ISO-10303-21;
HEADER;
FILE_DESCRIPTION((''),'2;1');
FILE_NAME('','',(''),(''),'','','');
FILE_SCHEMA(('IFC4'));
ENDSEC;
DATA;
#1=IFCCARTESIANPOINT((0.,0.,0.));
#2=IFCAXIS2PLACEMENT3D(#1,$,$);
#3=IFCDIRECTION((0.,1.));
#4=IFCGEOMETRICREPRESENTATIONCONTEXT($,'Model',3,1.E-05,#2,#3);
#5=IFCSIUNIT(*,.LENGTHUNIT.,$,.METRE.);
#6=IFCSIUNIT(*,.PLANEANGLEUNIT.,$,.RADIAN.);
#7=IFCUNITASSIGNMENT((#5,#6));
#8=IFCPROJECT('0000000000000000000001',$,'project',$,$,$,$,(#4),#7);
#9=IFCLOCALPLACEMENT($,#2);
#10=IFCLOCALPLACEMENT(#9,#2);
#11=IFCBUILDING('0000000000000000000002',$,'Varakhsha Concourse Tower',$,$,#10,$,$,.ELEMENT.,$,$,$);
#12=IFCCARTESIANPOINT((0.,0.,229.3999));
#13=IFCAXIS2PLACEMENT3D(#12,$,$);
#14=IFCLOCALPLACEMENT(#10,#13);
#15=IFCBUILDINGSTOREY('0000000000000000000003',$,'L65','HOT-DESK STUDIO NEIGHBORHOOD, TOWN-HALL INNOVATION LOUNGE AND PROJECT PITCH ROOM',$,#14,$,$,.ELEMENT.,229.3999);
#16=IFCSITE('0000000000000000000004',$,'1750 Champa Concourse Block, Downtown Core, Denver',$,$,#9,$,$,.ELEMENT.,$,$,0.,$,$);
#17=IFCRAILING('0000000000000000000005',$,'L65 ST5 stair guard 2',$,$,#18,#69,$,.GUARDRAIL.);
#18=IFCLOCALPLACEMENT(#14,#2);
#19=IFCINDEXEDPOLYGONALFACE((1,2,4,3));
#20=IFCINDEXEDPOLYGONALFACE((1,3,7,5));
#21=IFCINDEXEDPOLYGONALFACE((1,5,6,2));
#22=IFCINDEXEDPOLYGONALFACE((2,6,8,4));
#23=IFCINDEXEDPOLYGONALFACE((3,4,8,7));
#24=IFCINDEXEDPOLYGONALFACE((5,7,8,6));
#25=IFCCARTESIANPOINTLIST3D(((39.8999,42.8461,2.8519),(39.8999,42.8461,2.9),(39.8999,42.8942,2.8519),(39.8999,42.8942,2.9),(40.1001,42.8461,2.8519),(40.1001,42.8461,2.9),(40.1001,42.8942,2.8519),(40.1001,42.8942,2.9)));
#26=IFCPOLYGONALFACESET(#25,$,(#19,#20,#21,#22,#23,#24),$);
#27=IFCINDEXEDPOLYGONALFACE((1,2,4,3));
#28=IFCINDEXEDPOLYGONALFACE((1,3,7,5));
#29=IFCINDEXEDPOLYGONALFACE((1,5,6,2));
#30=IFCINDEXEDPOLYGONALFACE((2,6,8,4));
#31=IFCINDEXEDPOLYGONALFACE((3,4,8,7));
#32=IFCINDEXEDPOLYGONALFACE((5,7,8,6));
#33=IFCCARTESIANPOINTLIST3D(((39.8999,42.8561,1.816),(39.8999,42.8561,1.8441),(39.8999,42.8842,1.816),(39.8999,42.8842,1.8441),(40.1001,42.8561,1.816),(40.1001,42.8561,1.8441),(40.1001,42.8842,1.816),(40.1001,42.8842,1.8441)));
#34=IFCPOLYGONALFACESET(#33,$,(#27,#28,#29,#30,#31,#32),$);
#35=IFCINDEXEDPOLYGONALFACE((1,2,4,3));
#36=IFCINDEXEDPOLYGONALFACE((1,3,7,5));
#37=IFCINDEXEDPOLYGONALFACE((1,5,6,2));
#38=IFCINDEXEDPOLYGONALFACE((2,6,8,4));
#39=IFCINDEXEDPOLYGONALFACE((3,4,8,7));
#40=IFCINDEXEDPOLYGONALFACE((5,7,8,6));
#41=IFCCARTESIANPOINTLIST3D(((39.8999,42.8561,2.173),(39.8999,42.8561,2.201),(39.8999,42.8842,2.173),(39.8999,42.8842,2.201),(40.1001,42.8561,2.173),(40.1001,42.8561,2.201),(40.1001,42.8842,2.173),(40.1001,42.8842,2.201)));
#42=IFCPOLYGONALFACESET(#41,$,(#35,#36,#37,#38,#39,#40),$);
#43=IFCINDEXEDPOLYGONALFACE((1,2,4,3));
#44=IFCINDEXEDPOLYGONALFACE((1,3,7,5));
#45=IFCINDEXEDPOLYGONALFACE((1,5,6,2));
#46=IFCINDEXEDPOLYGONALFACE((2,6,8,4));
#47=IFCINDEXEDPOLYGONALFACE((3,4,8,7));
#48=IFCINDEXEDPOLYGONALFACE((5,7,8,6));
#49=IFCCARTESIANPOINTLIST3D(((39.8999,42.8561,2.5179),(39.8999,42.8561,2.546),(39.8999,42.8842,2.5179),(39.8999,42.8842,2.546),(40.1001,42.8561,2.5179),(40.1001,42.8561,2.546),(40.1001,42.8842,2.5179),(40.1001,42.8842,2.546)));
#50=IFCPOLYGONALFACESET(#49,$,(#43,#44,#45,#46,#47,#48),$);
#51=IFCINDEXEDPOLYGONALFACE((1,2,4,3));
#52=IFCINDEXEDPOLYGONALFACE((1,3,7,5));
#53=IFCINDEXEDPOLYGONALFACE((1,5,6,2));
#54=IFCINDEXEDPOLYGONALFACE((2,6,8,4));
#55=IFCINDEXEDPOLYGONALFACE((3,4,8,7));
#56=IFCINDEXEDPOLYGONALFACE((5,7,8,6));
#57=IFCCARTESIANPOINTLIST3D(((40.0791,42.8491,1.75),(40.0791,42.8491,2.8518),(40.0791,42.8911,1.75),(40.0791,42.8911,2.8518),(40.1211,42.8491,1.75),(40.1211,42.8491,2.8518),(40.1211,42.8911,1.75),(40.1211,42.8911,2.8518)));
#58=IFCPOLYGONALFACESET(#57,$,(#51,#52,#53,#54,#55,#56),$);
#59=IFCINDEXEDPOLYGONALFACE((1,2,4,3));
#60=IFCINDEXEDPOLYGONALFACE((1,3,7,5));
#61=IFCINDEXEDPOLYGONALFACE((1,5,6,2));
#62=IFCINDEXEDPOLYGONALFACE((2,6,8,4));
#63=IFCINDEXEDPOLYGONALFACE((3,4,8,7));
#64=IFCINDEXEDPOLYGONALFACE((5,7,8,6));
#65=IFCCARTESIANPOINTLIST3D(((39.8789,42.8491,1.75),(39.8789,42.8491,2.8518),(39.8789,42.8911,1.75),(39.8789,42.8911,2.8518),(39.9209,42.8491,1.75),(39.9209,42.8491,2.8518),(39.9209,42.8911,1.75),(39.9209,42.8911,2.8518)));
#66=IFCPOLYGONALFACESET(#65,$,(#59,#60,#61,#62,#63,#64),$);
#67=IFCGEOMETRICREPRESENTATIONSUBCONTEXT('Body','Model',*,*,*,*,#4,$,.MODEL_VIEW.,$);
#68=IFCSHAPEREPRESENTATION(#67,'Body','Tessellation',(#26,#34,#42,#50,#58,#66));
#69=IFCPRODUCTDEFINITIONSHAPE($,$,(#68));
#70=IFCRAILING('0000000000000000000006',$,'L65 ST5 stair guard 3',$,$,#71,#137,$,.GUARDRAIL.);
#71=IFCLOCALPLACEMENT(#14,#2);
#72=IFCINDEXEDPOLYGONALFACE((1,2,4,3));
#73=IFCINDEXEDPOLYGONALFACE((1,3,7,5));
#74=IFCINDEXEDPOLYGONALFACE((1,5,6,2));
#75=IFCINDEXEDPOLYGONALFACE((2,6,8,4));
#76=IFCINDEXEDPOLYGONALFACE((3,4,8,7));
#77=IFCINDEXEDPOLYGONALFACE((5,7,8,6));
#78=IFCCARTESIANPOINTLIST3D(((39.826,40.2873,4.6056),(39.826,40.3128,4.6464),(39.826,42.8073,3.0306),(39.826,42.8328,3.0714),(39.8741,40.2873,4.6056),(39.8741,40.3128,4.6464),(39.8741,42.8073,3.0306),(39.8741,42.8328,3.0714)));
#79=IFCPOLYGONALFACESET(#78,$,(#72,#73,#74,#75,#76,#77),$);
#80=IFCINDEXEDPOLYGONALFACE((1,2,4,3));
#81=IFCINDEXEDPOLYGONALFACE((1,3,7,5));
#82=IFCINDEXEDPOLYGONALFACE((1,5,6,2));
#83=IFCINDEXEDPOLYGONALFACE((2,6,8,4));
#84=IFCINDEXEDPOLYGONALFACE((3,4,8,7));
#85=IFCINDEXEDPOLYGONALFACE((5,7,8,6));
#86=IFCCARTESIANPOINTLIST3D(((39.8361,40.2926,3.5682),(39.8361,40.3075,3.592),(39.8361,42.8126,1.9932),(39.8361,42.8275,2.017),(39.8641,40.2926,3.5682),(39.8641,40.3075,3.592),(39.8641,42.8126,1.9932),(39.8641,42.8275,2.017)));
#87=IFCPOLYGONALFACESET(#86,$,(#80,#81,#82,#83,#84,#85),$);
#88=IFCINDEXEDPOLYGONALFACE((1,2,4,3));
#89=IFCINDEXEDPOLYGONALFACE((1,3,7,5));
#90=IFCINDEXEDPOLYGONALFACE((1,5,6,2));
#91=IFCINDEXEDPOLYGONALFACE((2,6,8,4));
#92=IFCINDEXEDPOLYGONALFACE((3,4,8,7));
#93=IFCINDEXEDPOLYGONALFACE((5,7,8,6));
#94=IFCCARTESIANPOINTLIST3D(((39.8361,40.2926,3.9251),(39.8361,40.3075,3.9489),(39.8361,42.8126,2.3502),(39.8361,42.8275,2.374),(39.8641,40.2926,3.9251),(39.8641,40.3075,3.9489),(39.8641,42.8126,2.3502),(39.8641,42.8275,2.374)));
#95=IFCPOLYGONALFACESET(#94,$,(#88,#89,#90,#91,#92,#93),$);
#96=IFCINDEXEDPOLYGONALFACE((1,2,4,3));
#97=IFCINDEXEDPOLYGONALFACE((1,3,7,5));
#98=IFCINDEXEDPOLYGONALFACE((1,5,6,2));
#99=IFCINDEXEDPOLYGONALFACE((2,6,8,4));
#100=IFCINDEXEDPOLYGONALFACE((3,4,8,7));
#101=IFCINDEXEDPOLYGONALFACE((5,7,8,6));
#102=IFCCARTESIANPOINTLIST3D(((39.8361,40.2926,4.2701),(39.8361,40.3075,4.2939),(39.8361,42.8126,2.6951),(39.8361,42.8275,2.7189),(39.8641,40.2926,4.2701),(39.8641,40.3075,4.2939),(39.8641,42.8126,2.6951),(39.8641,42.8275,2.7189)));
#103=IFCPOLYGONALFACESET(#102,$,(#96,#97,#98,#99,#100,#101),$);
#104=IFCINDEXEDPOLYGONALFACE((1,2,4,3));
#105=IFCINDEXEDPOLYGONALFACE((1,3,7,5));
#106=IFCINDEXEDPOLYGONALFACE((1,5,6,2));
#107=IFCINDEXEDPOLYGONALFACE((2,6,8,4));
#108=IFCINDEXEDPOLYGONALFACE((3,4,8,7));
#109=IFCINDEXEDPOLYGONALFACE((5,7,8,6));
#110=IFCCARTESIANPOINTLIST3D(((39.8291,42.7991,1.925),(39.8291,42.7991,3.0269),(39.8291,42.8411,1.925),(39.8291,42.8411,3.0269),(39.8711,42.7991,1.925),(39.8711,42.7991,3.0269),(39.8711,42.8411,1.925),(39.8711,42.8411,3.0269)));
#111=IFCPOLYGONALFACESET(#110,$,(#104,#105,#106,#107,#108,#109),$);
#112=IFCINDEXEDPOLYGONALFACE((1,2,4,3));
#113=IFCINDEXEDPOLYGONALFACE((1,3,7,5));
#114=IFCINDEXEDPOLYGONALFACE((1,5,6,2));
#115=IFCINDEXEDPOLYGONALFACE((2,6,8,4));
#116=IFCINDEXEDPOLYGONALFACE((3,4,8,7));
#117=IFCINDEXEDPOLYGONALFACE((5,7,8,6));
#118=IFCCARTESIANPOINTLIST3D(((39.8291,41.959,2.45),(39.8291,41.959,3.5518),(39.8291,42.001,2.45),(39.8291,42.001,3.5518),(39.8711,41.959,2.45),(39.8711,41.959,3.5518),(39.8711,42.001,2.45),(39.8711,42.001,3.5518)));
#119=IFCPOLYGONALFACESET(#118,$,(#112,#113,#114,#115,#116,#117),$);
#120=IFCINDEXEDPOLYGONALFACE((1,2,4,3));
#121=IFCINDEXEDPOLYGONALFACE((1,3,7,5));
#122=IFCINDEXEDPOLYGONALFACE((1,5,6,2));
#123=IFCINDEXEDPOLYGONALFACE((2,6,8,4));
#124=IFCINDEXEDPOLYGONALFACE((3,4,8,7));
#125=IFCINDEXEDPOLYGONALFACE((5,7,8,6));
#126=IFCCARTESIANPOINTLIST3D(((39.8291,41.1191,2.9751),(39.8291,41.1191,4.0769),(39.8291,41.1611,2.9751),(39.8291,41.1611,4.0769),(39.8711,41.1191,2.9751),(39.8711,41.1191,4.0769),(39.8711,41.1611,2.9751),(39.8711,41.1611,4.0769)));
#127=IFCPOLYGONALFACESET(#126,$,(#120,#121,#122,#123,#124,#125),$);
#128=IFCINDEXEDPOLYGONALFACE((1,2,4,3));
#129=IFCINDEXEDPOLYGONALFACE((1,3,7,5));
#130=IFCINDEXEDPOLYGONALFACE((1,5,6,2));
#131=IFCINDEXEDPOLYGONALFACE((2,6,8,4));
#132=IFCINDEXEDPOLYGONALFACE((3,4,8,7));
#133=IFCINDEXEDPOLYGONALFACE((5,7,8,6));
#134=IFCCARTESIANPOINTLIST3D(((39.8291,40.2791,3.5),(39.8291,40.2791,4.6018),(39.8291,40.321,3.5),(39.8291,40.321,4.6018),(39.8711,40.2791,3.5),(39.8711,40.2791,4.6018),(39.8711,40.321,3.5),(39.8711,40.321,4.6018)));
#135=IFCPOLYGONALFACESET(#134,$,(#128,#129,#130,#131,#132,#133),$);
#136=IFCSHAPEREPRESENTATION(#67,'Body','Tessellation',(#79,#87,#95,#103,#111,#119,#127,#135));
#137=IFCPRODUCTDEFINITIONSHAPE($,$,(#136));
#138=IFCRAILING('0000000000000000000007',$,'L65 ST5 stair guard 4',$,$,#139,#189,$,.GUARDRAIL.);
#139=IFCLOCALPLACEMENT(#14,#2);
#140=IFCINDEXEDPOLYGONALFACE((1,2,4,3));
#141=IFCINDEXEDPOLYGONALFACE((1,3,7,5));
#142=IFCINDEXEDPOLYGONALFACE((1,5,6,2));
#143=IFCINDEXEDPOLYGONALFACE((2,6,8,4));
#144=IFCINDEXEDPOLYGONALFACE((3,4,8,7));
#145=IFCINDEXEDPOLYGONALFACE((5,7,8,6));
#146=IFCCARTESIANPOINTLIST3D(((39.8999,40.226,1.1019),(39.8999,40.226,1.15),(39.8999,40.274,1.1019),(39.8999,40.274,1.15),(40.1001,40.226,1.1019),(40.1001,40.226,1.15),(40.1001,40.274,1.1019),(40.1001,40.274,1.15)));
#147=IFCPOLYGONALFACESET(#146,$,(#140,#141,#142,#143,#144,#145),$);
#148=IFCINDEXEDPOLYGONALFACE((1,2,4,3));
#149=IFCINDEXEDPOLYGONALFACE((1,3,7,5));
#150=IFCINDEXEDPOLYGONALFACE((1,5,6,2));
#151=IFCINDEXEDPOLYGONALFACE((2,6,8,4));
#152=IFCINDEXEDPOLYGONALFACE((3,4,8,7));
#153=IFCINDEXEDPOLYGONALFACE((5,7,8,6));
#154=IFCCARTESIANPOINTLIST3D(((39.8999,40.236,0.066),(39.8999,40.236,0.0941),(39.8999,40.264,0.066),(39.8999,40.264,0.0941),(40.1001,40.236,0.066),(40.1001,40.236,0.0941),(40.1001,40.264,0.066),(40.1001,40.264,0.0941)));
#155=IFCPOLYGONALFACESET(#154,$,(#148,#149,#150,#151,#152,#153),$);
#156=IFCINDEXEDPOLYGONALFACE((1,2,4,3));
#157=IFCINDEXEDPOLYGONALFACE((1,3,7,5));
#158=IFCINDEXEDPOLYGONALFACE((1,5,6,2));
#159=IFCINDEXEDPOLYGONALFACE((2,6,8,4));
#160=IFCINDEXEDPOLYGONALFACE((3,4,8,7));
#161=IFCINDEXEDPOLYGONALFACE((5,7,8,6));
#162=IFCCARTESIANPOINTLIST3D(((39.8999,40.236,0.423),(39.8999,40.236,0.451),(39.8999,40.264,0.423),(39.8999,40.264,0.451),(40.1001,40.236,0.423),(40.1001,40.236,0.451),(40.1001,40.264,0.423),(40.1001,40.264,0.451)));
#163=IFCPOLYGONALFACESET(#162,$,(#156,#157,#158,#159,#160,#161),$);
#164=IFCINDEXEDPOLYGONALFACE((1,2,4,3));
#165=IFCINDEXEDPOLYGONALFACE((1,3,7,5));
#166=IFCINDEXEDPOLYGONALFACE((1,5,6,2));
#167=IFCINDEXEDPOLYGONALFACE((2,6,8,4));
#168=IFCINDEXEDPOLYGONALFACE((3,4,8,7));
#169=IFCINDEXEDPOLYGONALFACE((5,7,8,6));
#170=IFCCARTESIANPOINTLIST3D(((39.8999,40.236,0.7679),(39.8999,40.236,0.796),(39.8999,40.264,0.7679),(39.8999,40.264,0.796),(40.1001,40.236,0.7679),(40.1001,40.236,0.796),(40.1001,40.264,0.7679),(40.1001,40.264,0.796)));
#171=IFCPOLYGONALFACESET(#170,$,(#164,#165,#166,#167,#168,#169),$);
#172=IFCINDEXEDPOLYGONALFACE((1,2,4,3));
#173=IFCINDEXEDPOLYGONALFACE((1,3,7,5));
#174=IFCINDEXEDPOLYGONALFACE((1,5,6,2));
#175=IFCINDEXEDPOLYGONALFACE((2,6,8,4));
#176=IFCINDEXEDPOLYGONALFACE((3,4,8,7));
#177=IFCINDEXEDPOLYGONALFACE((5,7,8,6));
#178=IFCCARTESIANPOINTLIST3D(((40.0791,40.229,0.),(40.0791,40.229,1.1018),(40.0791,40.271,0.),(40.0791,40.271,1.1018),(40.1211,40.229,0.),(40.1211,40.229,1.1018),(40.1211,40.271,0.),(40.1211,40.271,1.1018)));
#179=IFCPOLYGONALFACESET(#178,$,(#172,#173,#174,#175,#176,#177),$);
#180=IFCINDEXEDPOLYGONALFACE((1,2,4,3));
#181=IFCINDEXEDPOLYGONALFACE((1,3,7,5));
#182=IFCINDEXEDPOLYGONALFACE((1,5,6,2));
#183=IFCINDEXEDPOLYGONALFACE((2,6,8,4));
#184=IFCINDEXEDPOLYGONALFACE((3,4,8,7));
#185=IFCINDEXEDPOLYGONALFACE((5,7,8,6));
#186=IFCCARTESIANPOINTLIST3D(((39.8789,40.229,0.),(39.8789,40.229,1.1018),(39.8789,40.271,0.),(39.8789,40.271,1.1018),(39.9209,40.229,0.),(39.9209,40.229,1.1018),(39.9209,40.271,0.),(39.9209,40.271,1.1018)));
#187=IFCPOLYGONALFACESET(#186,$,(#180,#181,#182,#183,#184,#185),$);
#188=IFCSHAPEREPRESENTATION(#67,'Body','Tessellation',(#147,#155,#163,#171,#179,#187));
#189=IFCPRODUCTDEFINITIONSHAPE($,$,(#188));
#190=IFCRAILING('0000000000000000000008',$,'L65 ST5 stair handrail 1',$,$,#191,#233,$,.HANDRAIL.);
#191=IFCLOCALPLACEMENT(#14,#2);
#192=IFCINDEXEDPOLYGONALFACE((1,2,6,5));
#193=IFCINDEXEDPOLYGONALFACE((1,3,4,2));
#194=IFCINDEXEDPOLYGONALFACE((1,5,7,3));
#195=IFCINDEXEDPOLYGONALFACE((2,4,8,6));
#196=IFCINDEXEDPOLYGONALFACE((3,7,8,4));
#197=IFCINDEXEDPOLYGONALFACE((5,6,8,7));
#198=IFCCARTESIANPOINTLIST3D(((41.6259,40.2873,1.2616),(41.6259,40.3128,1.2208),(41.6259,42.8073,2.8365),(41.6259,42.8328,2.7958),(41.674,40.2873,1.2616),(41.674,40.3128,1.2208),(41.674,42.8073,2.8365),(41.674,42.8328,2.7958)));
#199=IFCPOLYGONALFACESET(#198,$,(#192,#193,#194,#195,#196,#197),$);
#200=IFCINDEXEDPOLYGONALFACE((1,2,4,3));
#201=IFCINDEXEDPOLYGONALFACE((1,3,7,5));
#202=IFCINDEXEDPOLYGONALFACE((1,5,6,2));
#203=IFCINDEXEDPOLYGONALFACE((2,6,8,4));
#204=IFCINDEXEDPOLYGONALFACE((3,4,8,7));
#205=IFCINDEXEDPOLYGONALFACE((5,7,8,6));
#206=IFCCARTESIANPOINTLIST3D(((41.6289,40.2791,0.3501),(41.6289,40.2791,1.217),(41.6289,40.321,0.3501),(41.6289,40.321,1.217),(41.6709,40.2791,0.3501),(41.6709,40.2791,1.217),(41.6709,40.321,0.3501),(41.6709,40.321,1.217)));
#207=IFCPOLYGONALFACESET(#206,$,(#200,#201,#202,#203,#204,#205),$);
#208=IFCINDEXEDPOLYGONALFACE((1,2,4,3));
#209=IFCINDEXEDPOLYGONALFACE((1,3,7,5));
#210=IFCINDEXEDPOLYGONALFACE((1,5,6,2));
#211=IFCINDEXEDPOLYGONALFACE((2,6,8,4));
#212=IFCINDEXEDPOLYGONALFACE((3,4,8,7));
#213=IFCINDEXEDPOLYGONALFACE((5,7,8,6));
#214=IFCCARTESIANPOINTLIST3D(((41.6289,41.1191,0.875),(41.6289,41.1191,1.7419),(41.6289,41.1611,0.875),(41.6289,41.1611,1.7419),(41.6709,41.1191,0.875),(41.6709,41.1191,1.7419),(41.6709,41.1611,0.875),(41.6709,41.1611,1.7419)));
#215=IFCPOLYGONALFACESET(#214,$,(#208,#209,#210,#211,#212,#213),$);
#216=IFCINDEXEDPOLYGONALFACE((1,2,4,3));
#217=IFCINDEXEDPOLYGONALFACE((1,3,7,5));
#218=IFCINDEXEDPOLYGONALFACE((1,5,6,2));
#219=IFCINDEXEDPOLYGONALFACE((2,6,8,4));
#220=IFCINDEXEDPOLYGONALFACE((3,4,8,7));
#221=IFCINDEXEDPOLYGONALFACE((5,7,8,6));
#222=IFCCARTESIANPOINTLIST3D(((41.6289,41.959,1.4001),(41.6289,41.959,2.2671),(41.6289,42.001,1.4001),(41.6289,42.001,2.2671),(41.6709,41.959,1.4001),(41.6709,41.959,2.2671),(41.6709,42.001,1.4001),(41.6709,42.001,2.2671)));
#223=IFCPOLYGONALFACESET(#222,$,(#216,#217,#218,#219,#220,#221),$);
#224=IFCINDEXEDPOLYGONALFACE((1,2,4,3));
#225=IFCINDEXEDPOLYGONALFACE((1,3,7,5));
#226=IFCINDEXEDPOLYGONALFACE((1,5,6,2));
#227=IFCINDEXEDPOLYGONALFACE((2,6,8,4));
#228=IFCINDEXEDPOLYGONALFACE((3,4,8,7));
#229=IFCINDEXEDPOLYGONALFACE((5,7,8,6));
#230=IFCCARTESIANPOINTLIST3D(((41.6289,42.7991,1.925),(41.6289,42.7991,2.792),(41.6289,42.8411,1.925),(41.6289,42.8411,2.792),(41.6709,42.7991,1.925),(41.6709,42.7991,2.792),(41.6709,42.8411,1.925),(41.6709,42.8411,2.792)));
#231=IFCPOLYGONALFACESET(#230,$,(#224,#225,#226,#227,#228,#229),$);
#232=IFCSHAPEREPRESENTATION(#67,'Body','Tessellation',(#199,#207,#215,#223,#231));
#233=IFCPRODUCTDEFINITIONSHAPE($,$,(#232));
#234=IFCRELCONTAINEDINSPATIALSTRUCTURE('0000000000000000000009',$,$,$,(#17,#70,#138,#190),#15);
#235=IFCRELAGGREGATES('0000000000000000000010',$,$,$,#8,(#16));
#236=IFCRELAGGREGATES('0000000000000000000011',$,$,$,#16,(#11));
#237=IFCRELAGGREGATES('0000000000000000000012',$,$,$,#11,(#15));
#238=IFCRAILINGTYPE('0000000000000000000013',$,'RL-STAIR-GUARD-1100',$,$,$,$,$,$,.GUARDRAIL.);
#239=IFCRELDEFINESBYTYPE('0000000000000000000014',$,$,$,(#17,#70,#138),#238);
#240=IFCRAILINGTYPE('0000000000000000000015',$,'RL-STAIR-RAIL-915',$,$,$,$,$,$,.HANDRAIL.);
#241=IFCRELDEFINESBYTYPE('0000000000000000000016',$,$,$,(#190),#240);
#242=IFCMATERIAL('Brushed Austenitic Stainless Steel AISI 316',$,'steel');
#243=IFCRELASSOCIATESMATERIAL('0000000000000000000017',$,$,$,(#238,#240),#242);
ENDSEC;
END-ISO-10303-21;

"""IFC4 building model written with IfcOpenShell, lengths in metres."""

from ifc_helpers import new_model, si_unit, direction, frame, origin, origin_2d, place, context, subcontext, project, spatial, rectangle, extrude, material, type_object, element, save


model = new_model("IFC4")

# Units and contexts
model_context = context("Model", 3, precision=1e-05, world=origin(), true_north=direction((0.0, 1.0)))
body_context = subcontext(model_context, "Body", "Model", "MODEL_VIEW")
ifc_project = project(units=[si_unit("LENGTHUNIT", "METRE"), si_unit("PLANEANGLEUNIT", "RADIAN")], contexts=[model_context])

# Site, building, storey
site_placement = place(None, origin())
site = spatial("IfcSite", under=ifc_project, at=site_placement, Name="1750 Champa Concourse Block, Downtown Core, Denver", CompositionType="ELEMENT", RefElevation=0.0)
building_placement = place(site_placement, origin())
building = spatial("IfcBuilding", under=site, at=building_placement, Name="Varakhsha Concourse Tower", CompositionType="ELEMENT")
storey_placement = place(building_placement, frame((0.0, 0.0, 229.3999)))
storey = spatial("IfcBuildingStorey", under=building, at=storey_placement, Name="L65", Description="HOT-DESK STUDIO NEIGHBORHOOD, TOWN-HALL INNOVATION LOUNGE AND PROJECT PITCH ROOM", CompositionType="ELEMENT", Elevation=229.3999)

# Railings
ifc_material_1 = material(Name="Brushed Austenitic Stainless Steel AISI 316", Category="steel")
railing_type_1 = type_object("IfcRailingType", Name="RL-STAIR-GUARD-1100", PredefinedType="GUARDRAIL", material=ifc_material_1)
railing_1_placement = place(storey_placement, frame((40.1001, 42.8701, 1.75)))
element("IfcRailing", 1, at=railing_1_placement, inside=storey, type_object=railing_type_1, Name="L65 ST5 stair guard 2", PredefinedType="GUARDRAIL", context=body_context, shape_type="SweptSolid", body=[
    extrude(rectangle(XDim=0.0481, YDim=0.0481, at=origin_2d()), frame((0.0, 0.0, 1.126), z_axis=(-1.0, 0.0, 0.0), x_axis=(0.0, -1.0, 0.0)), (0.0, 0.0, 1.0), 0.2002),
    extrude(rectangle(XDim=0.0281, YDim=0.0281, at=origin_2d()), frame((0.0, 0.0, 0.0801), z_axis=(-1.0, 0.0, 0.0), x_axis=(0.0, -1.0, 0.0)), (0.0, 0.0, 1.0), 0.2002),
    extrude(rectangle(XDim=0.0281, YDim=0.0281, at=origin_2d()), frame((0.0, 0.0, 0.437), z_axis=(-1.0, 0.0, 0.0), x_axis=(0.0, -1.0, 0.0)), (0.0, 0.0, 1.0), 0.2002),
    extrude(rectangle(XDim=0.0281, YDim=0.0281, at=origin_2d()), frame((0.0, 0.0, 0.782), z_axis=(-1.0, 0.0, 0.0), x_axis=(0.0, -1.0, 0.0)), (0.0, 0.0, 1.0), 0.2002),
    extrude(rectangle(XDim=0.042, YDim=0.042, at=origin_2d()), origin(), (0.0, 0.0, 1.0), 1.1018),
    extrude(rectangle(XDim=0.042, YDim=0.042, at=origin_2d()), frame((-0.2002, 0.0, 0.0)), (0.0, 0.0, 1.0), 1.1018),
])
railing_2_placement = place(storey_placement, frame((39.8501, 42.8201, 1.925)))
element("IfcRailing", 2, at=railing_2_placement, inside=storey, type_object=railing_type_1, Name="L65 ST5 stair guard 3", PredefinedType="GUARDRAIL", context=body_context, shape_type="SweptSolid", body=[
    extrude(rectangle(XDim=0.0481, YDim=0.0481, at=origin_2d()), frame((0.0, 0.0, 1.126), z_axis=(0.0, -0.848008, 0.529984), x_axis=(1.0, 0.0, 0.0)), (0.0, 0.0, 1.0), 2.9717),
    extrude(rectangle(XDim=0.0281, YDim=0.0281, at=origin_2d()), frame((0.0, 0.0, 0.0801), z_axis=(0.0, -0.848008, 0.529984), x_axis=(1.0, 0.0, 0.0)), (0.0, 0.0, 1.0), 2.9717),
    extrude(rectangle(XDim=0.0281, YDim=0.0281, at=origin_2d()), frame((0.0, 0.0, 0.437), z_axis=(0.0, -0.848008, 0.529984), x_axis=(1.0, 0.0, 0.0)), (0.0, 0.0, 1.0), 2.9717),
    extrude(rectangle(XDim=0.0281, YDim=0.0281, at=origin_2d()), frame((0.0, 0.0, 0.782), z_axis=(0.0, -0.848008, 0.529984), x_axis=(1.0, 0.0, 0.0)), (0.0, 0.0, 1.0), 2.9717),
    extrude(rectangle(XDim=0.042, YDim=0.042, at=origin_2d()), origin(), (0.0, 0.0, 1.0), 1.1018),
    extrude(rectangle(XDim=0.042, YDim=0.042, at=origin_2d()), frame((0.0, -0.8401, 0.5249)), (0.0, 0.0, 1.0), 1.1018),
    extrude(rectangle(XDim=0.042, YDim=0.042, at=origin_2d()), frame((0.0, -1.6799, 1.05)), (0.0, 0.0, 1.0), 1.1018),
    extrude(rectangle(XDim=0.042, YDim=0.042, at=origin_2d()), frame((0.0, -2.52, 1.575)), (0.0, 0.0, 1.0), 1.1018),
])
railing_3_placement = place(storey_placement, frame((40.1001, 40.25, 0.0)))
element("IfcRailing", 3, at=railing_3_placement, inside=storey, type_object=railing_type_1, Name="L65 ST5 stair guard 4", PredefinedType="GUARDRAIL", context=body_context, shape_type="SweptSolid", body=[
    extrude(rectangle(XDim=0.0481, YDim=0.0481, at=origin_2d()), frame((0.0, 0.0, 1.126), z_axis=(-1.0, 0.0, 0.0), x_axis=(0.0, -1.0, 0.0)), (0.0, 0.0, 1.0), 0.2002),
    extrude(rectangle(XDim=0.0281, YDim=0.0281, at=origin_2d()), frame((0.0, 0.0, 0.0801), z_axis=(-1.0, 0.0, 0.0), x_axis=(0.0, -1.0, 0.0)), (0.0, 0.0, 1.0), 0.2002),
    extrude(rectangle(XDim=0.0281, YDim=0.0281, at=origin_2d()), frame((0.0, 0.0, 0.437), z_axis=(-1.0, 0.0, 0.0), x_axis=(0.0, -1.0, 0.0)), (0.0, 0.0, 1.0), 0.2002),
    extrude(rectangle(XDim=0.0281, YDim=0.0281, at=origin_2d()), frame((0.0, 0.0, 0.782), z_axis=(-1.0, 0.0, 0.0), x_axis=(0.0, -1.0, 0.0)), (0.0, 0.0, 1.0), 0.2002),
    extrude(rectangle(XDim=0.042, YDim=0.042, at=origin_2d()), origin(), (0.0, 0.0, 1.0), 1.1018),
    extrude(rectangle(XDim=0.042, YDim=0.042, at=origin_2d()), frame((-0.2002, 0.0, 0.0)), (0.0, 0.0, 1.0), 1.1018),
])
railing_type_2 = type_object("IfcRailingType", Name="RL-STAIR-RAIL-915", PredefinedType="HANDRAIL", material=ifc_material_1)
railing_4_placement = place(storey_placement, frame((41.6499, 40.3, 0.3501)))
element("IfcRailing", 4, at=railing_4_placement, inside=storey, type_object=railing_type_2, Name="L65 ST5 stair handrail 1", PredefinedType="HANDRAIL", context=body_context, shape_type="SweptSolid", body=[
    extrude(rectangle(XDim=0.0481, YDim=0.0481, at=origin_2d()), frame((0.0, 0.0, 0.8911), z_axis=(0.0, 0.848008, 0.529984), x_axis=(-1.0, 0.0, 0.0)), (0.0, 0.0, 1.0), 2.9717),
    extrude(rectangle(XDim=0.042, YDim=0.042, at=origin_2d()), origin(), (0.0, 0.0, 1.0), 0.8669),
    extrude(rectangle(XDim=0.042, YDim=0.042, at=origin_2d()), frame((0.0, 0.8401, 0.5249)), (0.0, 0.0, 1.0), 0.8669),
    extrude(rectangle(XDim=0.042, YDim=0.042, at=origin_2d()), frame((0.0, 1.6799, 1.05)), (0.0, 0.0, 1.0), 0.8669),
    extrude(rectangle(XDim=0.042, YDim=0.042, at=origin_2d()), frame((0.0, 2.52, 1.575)), (0.0, 0.0, 1.0), 0.8669),
])

save(model, "model.ifc")
